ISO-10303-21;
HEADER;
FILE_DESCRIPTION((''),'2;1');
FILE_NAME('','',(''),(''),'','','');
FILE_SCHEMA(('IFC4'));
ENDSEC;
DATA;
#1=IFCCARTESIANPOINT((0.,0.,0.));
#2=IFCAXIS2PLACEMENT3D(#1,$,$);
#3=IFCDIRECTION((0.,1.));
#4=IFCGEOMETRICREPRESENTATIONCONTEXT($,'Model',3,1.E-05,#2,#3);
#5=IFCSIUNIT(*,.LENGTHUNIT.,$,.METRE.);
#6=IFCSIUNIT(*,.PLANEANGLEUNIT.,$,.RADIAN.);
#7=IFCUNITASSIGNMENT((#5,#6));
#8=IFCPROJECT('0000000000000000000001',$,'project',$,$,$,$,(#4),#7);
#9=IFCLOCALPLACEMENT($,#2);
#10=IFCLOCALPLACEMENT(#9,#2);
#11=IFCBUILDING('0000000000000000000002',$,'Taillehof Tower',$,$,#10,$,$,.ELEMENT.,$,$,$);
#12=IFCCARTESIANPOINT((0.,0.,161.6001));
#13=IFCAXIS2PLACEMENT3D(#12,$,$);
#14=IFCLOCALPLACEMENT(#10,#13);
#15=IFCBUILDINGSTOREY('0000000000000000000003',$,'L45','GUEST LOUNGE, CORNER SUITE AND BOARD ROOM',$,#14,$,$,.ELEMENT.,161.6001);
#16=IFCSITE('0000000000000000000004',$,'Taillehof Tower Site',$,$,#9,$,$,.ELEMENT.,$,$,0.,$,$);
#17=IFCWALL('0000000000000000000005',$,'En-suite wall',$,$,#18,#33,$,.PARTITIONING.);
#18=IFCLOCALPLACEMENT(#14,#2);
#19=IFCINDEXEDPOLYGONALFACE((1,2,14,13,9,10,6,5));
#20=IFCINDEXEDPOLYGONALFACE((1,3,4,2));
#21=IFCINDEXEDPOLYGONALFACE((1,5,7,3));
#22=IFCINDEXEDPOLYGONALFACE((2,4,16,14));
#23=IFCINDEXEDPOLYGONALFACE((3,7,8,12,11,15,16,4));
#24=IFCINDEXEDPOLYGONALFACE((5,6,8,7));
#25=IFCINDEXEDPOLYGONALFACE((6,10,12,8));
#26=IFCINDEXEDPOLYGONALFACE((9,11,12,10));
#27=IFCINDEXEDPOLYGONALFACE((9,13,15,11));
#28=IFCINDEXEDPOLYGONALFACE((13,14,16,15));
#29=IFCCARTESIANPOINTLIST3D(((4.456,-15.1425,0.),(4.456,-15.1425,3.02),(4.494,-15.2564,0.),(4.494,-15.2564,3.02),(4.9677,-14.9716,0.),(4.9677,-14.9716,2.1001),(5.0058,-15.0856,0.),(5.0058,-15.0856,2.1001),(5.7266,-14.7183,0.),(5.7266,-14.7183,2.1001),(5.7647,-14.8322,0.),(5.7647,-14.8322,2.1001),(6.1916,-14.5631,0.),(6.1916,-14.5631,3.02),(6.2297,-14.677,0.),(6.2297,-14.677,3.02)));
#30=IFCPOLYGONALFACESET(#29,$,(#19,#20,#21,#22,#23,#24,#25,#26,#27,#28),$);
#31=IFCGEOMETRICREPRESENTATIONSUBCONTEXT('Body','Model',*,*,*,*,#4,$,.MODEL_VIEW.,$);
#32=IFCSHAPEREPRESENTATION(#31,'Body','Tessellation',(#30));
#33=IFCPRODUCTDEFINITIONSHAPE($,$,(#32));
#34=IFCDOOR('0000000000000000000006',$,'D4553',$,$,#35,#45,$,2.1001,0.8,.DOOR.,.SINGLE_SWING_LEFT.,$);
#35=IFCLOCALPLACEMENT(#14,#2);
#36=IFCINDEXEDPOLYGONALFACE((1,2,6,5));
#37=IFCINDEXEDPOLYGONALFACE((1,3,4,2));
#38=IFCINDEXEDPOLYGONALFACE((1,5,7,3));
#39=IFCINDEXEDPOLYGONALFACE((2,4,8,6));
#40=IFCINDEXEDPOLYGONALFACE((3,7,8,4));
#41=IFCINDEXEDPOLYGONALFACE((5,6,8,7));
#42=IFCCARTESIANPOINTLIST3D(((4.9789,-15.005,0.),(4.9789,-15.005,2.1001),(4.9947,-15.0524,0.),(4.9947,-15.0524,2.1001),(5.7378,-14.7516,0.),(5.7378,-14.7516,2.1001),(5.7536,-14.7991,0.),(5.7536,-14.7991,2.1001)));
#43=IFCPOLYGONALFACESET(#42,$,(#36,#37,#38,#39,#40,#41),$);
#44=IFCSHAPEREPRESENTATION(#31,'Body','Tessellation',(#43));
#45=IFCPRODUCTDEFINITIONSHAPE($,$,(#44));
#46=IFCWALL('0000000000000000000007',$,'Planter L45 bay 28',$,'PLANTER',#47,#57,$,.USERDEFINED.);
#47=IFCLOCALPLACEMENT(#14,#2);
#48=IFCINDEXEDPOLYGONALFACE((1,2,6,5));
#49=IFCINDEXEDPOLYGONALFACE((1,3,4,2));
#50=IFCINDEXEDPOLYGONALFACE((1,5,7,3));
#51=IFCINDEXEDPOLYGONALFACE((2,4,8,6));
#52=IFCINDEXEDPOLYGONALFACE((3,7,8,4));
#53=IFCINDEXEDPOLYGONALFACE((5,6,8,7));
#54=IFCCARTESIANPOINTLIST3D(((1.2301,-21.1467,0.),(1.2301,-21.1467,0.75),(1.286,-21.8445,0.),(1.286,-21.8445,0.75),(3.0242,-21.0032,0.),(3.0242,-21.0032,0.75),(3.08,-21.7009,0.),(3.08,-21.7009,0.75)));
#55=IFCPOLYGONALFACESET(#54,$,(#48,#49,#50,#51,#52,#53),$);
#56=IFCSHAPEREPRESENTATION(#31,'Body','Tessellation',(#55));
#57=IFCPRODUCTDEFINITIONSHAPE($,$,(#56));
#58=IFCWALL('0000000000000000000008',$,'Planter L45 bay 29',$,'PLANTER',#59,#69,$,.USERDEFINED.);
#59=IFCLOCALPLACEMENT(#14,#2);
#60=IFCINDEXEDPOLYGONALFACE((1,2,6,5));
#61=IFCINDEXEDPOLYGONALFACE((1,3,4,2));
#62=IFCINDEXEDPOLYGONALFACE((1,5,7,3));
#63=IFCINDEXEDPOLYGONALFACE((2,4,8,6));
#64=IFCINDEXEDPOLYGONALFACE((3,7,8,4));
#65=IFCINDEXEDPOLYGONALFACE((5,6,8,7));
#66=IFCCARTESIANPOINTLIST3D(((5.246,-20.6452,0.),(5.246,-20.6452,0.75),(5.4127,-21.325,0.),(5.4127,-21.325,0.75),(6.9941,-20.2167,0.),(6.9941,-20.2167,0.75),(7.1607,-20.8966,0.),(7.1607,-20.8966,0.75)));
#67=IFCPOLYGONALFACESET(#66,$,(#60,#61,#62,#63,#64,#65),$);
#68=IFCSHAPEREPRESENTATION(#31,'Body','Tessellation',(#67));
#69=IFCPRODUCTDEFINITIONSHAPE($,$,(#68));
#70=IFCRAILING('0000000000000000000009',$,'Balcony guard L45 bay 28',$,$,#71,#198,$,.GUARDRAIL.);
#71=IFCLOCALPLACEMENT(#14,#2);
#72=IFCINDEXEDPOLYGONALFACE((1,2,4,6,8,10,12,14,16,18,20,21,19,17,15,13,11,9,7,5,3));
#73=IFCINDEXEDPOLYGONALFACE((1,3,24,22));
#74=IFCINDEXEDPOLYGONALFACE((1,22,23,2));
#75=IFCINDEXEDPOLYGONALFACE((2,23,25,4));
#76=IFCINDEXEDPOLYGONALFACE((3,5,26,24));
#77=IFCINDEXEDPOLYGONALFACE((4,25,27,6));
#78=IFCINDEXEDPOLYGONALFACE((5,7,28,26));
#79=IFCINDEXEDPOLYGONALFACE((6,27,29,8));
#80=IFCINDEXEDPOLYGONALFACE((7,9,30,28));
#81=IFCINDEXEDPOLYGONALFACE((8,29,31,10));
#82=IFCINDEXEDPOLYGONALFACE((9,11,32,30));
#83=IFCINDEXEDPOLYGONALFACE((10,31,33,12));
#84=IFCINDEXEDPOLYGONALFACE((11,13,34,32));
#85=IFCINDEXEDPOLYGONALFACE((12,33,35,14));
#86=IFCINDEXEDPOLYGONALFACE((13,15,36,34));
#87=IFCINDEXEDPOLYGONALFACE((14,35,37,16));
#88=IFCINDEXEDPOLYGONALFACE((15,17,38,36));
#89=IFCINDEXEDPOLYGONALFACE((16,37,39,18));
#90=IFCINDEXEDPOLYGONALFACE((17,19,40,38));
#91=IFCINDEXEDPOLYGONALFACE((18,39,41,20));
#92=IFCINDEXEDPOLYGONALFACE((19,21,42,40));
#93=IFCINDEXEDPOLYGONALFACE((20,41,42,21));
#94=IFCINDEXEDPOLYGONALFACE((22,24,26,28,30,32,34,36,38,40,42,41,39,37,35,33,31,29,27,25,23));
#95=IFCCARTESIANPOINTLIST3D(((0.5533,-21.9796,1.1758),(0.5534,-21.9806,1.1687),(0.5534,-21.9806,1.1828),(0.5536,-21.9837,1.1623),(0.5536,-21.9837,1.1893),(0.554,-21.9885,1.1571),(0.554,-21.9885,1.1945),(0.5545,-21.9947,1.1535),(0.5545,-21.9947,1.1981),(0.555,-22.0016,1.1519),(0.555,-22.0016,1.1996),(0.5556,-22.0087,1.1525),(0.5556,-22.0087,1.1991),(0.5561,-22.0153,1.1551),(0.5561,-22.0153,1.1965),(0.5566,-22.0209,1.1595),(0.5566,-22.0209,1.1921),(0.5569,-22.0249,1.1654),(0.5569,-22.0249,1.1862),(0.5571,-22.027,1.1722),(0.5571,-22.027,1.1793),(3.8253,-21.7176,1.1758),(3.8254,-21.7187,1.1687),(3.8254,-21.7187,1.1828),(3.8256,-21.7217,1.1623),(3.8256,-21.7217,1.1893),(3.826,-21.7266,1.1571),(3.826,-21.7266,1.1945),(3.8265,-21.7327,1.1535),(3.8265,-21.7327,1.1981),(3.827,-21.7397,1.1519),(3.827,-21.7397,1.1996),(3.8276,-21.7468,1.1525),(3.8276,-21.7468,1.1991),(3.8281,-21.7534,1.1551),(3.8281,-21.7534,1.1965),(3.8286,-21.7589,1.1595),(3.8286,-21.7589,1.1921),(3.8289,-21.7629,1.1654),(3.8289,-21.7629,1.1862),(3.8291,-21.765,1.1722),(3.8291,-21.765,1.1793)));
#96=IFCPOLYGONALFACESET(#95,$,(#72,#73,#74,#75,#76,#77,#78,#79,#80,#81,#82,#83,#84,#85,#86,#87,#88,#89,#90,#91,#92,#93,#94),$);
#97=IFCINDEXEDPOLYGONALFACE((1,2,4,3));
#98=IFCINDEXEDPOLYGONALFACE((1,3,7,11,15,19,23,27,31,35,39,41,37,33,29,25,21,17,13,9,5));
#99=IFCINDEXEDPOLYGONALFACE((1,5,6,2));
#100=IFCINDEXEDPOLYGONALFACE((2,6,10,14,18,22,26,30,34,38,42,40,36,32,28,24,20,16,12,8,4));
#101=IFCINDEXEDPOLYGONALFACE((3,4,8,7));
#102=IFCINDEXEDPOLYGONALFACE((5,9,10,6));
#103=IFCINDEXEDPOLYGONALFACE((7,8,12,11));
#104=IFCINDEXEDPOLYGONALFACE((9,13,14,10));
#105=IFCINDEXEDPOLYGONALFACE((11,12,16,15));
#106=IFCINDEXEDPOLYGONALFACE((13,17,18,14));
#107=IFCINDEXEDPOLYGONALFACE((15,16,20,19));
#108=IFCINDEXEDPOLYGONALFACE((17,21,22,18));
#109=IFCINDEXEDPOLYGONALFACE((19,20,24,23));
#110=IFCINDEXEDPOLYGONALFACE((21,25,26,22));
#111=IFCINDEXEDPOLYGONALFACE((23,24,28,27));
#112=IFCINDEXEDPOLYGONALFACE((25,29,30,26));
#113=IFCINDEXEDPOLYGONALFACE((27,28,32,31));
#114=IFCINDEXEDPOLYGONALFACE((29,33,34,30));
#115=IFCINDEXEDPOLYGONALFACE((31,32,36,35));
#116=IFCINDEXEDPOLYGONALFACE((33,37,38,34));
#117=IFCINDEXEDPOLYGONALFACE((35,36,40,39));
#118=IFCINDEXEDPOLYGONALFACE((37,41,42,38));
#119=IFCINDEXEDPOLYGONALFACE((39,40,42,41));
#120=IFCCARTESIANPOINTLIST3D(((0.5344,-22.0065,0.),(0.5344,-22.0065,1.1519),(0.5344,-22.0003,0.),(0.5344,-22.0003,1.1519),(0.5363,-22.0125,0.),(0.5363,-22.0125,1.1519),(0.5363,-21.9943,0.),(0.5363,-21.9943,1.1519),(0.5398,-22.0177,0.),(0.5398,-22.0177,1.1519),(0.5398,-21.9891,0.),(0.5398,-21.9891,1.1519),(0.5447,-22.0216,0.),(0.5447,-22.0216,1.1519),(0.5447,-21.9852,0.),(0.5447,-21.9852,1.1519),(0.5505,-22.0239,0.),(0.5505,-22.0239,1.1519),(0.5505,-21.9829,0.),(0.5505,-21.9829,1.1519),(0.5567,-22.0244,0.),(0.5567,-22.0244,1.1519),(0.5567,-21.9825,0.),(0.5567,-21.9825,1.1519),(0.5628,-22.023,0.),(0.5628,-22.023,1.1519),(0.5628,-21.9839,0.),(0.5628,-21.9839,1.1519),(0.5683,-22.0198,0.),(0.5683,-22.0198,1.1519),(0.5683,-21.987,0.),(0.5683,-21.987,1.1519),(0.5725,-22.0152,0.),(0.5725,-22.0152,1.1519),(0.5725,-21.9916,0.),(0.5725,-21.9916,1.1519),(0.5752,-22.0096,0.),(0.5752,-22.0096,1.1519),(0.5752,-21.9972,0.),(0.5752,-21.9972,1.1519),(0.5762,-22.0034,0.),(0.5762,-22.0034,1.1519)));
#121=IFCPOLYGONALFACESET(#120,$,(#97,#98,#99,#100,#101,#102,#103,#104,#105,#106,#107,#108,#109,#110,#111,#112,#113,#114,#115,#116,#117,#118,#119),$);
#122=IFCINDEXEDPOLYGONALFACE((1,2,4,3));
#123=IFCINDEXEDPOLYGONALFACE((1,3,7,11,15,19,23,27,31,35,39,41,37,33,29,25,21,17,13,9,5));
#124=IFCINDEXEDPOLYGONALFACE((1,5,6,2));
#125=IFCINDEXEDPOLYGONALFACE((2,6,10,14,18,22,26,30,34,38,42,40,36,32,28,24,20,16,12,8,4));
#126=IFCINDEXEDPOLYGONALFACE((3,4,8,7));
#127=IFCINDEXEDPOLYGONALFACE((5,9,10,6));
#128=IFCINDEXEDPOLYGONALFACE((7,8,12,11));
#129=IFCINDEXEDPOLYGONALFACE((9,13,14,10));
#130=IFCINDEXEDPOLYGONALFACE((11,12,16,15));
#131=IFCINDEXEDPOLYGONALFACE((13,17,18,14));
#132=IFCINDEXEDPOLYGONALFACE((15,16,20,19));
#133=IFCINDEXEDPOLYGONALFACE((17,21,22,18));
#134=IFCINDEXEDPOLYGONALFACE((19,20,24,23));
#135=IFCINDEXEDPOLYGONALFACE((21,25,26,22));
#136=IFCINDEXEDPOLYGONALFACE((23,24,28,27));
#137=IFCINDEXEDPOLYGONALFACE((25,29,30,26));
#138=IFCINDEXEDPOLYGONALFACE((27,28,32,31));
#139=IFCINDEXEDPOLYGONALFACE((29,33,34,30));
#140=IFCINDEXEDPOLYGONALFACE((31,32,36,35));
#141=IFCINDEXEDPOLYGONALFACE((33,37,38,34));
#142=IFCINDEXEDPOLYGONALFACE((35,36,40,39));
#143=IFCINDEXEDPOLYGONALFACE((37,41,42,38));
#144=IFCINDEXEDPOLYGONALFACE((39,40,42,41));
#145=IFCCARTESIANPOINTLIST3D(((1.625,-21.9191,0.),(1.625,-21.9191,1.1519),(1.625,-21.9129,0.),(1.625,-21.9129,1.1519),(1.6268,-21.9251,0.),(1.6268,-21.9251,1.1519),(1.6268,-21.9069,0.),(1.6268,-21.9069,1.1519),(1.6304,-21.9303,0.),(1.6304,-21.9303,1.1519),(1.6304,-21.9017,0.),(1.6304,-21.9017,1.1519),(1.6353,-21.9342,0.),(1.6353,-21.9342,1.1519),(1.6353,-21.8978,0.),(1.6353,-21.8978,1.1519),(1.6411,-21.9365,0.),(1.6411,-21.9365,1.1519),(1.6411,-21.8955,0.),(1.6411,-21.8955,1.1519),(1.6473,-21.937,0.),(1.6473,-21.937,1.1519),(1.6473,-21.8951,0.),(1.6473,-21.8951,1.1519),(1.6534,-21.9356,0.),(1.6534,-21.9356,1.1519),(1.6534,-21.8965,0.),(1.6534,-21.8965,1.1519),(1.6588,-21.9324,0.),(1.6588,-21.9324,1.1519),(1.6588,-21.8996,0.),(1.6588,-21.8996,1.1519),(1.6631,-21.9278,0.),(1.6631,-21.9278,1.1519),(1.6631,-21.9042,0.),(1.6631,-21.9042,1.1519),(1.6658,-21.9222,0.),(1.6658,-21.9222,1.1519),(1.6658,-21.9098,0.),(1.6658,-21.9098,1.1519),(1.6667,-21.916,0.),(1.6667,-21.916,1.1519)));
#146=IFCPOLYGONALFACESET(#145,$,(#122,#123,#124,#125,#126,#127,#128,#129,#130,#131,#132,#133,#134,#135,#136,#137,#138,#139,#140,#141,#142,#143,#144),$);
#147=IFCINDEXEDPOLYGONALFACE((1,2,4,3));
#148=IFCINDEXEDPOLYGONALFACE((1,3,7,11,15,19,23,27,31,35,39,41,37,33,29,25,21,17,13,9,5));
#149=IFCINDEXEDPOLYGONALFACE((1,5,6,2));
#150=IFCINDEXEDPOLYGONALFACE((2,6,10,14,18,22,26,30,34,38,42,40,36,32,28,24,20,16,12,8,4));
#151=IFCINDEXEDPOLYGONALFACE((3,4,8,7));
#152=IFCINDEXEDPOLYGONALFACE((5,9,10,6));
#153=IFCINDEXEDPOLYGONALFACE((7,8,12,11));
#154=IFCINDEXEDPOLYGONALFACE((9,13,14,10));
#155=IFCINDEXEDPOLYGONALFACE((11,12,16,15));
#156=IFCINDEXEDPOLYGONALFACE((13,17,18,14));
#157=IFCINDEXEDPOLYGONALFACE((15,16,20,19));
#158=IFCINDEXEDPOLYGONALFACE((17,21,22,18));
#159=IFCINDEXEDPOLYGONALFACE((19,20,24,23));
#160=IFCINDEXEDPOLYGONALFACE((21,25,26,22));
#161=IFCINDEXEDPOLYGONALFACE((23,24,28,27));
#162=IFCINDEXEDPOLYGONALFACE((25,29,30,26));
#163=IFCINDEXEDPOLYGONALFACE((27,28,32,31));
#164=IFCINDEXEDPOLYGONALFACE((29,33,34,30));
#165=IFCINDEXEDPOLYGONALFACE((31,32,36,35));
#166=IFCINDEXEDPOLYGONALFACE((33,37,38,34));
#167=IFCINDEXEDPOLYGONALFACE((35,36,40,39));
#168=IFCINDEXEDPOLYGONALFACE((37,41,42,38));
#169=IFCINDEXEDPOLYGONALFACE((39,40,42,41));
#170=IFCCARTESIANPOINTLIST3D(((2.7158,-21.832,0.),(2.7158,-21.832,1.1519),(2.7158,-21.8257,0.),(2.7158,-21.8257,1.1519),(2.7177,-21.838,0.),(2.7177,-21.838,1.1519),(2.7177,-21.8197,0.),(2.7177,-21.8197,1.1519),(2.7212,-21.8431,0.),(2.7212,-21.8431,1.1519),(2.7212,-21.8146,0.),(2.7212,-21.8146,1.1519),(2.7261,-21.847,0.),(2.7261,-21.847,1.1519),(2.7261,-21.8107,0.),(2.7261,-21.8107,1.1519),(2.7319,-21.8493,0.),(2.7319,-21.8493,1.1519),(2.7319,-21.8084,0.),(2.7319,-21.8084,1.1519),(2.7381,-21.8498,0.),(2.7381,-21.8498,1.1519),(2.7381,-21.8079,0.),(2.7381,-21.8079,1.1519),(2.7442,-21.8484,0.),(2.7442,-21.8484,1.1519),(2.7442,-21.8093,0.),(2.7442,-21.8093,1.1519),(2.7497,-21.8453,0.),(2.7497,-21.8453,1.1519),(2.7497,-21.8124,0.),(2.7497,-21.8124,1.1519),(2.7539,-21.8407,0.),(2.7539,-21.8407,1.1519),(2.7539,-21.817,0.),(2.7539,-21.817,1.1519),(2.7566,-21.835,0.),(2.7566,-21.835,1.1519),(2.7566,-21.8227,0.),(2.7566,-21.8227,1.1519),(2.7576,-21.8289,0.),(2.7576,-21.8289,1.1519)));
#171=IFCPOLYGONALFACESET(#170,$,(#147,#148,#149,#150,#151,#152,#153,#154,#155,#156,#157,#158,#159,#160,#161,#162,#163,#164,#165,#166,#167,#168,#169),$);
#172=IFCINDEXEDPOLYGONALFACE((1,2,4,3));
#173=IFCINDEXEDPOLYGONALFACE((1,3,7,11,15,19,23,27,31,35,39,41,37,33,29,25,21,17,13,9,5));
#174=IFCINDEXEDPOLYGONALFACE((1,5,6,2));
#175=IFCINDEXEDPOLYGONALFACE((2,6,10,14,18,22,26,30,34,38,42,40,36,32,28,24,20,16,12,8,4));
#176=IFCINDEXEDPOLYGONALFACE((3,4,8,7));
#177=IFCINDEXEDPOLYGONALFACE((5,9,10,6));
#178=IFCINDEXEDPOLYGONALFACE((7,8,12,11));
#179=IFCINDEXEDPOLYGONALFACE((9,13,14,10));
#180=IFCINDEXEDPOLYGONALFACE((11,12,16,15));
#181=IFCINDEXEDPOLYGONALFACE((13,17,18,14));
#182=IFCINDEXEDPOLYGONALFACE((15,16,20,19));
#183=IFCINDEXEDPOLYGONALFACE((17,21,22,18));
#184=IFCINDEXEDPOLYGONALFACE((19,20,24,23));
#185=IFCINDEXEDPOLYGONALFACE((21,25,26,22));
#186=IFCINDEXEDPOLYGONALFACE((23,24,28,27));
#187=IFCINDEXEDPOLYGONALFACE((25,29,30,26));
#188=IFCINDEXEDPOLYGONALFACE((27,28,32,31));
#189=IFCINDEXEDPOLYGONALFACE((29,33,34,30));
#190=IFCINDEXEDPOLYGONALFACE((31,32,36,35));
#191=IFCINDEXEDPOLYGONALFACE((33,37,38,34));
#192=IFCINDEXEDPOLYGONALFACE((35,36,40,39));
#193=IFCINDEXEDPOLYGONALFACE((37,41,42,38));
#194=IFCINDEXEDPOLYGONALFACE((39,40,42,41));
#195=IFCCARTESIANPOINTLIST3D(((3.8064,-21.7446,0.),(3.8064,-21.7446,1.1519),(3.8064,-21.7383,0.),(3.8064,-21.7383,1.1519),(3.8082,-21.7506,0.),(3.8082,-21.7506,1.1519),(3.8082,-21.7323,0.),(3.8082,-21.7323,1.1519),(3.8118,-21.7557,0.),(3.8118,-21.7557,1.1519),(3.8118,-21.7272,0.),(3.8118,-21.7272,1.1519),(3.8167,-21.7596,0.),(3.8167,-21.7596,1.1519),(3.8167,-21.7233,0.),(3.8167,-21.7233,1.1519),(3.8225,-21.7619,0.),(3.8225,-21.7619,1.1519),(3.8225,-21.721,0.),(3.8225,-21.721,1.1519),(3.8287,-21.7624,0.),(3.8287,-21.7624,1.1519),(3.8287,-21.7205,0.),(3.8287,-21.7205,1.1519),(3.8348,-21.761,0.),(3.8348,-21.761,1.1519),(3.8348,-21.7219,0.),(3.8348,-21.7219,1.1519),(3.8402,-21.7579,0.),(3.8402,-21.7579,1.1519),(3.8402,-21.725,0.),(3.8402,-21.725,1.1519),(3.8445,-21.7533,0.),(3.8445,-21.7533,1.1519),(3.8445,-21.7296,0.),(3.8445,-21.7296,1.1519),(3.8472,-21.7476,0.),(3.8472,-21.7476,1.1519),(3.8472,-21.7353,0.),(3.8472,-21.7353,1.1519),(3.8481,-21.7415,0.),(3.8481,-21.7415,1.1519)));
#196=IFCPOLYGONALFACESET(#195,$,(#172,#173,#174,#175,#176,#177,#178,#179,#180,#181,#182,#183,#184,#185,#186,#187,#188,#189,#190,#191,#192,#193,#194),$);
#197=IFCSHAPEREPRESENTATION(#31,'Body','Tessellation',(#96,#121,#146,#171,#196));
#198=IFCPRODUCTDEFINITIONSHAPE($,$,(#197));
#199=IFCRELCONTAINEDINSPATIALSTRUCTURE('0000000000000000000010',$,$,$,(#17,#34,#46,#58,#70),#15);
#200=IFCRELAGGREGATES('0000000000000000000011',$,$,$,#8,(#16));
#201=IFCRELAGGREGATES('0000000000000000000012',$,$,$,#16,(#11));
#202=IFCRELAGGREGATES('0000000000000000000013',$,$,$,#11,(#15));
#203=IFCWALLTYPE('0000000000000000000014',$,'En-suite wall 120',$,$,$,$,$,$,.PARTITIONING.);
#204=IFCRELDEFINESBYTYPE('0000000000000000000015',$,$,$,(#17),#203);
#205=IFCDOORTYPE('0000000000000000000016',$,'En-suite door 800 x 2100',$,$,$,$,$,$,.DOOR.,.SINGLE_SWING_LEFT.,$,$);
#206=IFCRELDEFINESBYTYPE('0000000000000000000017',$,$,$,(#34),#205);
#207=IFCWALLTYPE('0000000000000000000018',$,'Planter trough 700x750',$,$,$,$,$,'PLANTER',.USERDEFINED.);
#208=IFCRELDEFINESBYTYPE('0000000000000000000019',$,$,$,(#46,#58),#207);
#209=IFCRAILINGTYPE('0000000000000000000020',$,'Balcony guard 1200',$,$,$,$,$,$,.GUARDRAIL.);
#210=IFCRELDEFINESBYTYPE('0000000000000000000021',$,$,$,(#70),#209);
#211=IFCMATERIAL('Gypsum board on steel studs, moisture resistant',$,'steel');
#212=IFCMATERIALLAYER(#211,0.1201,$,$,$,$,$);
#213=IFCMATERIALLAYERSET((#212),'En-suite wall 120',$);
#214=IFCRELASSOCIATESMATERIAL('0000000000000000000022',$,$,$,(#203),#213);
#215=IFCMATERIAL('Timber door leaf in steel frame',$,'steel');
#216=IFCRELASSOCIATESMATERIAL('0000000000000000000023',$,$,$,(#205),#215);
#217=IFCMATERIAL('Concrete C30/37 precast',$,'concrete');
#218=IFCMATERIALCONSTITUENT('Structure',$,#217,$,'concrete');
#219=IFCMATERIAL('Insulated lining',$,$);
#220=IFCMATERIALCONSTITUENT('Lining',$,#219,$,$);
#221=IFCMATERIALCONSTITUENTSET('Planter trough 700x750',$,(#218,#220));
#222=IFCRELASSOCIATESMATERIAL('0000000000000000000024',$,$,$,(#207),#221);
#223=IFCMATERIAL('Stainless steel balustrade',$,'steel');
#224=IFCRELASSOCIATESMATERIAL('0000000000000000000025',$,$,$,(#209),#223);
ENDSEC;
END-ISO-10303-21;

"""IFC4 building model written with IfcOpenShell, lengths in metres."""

from ifc_helpers import new_model, si_unit, direction, frame, frame_2d, origin, origin_2d, place, context, subcontext, project, spatial, rectangle, circle, extrude, material, layer, layer_set, constituent, constituent_set, type_object, element, fill, save


model = new_model("IFC4")

# Units and contexts
model_context = context("Model", 3, precision=1e-05, world=origin(), true_north=direction((0.0, 1.0)))
body_context = subcontext(model_context, "Body", "Model", "MODEL_VIEW")
ifc_project = project(units=[si_unit("LENGTHUNIT", "METRE"), si_unit("PLANEANGLEUNIT", "RADIAN")], contexts=[model_context])

# Site, building, storey
site_placement = place(None, origin())
site = spatial("IfcSite", under=ifc_project, at=site_placement, Name="Taillehof Tower Site", CompositionType="ELEMENT", RefElevation=0.0)
building_placement = place(site_placement, origin())
building = spatial("IfcBuilding", under=site, at=building_placement, Name="Taillehof Tower", CompositionType="ELEMENT")
storey_placement = place(building_placement, frame((0.0, 0.0, 161.6001)))
storey = spatial("IfcBuildingStorey", under=building, at=storey_placement, Name="L45", Description="GUEST LOUNGE, CORNER SUITE AND BOARD ROOM", CompositionType="ELEMENT", Elevation=161.6001)

# Wall, opening, door
ifc_material_1 = material(Name="Gypsum board on steel studs, moisture resistant", Category="steel")
ifc_layer_1 = layer(ifc_material_1, 0.1201)
ifc_layer_set_1 = layer_set([ifc_layer_1], Name="En-suite wall 120")
wall_type_1 = type_object("IfcWallType", Name="En-suite wall 120", PredefinedType="PARTITIONING", material=ifc_layer_set_1)
wall_1_placement = place(storey_placement, frame((4.4749, -15.1995, 0.0), z_axis=(0.0, 0.0, 1.0), x_axis=(0.94855, 0.316628, 0.0)))
wall_1 = element("IfcWall", 1, at=wall_1_placement, inside=storey, type_object=wall_type_1, Name="En-suite wall", PredefinedType="PARTITIONING", context=body_context, shape_type="SweptSolid", body=[
    extrude(rectangle(XDim=1.8298, YDim=0.1201, at=frame_2d((0.915, 0.0))), origin(), (0.0, 0.0, 1.0), 3.02),
])
opening_1_placement = place(wall_1_placement, frame((0.5398, 0.0, 0.0)))
opening_1 = element("IfcOpeningElement", 2, at=opening_1_placement, cuts=wall_1, PredefinedType="OPENING", context=body_context, shape_type="SweptSolid", body=[
    extrude(rectangle(XDim=0.8, YDim=2.1001, at=frame_2d((0.3999, 1.05))), frame((0.0, 0.0701, 0.0), z_axis=(0.0, -1.0, 0.0), x_axis=(1.0, 0.0, 0.0)), (0.0, 0.0, 1.0), 0.1401),
])
ifc_material_2 = material(Name="Timber door leaf in steel frame", Category="steel")
door_type_1 = type_object("IfcDoorType", Name="En-suite door 800 x 2100", OperationType="SINGLE_SWING_LEFT", PredefinedType="DOOR", material=ifc_material_2)
door_1_placement = place(opening_1_placement, origin())
door_1 = element("IfcDoor", 3, at=door_1_placement, inside=storey, type_object=door_type_1, Name="D4553", OperationType="SINGLE_SWING_LEFT", OverallHeight=2.1001, OverallWidth=0.8, PredefinedType="DOOR", context=body_context, shape_type="SweptSolid", body=[
    extrude(rectangle(XDim=0.8, YDim=2.1001, at=frame_2d((0.3999, 1.05))), frame((0.0, 0.0249, 0.0), z_axis=(0.0, -1.0, 0.0), x_axis=(1.0, 0.0, 0.0)), (0.0, 0.0, 1.0), 0.05),
])
fill(opening_1, door_1)

# Walls
ifc_material_3 = material(Name="Concrete C30/37 precast", Category="concrete")
ifc_constituent_1 = constituent(ifc_material_3, Name="Structure", Category="concrete")
ifc_material_4 = material(Name="Insulated lining")
ifc_constituent_2 = constituent(ifc_material_4, Name="Lining")
ifc_constituent_set = constituent_set(constituents=[ifc_constituent_1, ifc_constituent_2], Name="Planter trough 700x750")
wall_type_2 = type_object("IfcWallType", Name="Planter trough 700x750", ElementType="PLANTER", PredefinedType="USERDEFINED", material=ifc_constituent_set)
for number, where, z_axis, x_axis, name in (
    (4, (1.2581, -21.4956, 0.0), (0.0, 0.0, 1.0), (0.996814, 0.079756, 0.0), "Planter L45 bay 28"),
    (5, (5.3293, -20.9851, 0.0), (0.0, 0.0, 1.0), (0.971249, 0.238065, 0.0), "Planter L45 bay 29"),
):
    element("IfcWall", number, at=place(storey_placement, frame(where, z_axis=z_axis, x_axis=x_axis)), inside=storey, type_object=wall_type_2, Name=name, ObjectType="PLANTER", PredefinedType="USERDEFINED", context=body_context, shape_type="SweptSolid", body=[
        extrude(rectangle(XDim=1.7998, YDim=0.7, at=frame_2d((0.8999, 0.0))), origin(), (0.0, 0.0, 1.0), 0.75),
    ])

# Railing
ifc_material_5 = material(Name="Stainless steel balustrade", Category="steel")
railing_type = type_object("IfcRailingType", Name="Balcony guard 1200", PredefinedType="GUARDRAIL", material=ifc_material_5)
railing_1_placement = place(storey_placement, frame((0.5552, -22.0034, 0.0)))
element("IfcRailing", 6, at=railing_1_placement, inside=storey, type_object=railing_type, Name="Balcony guard L45 bay 28", PredefinedType="GUARDRAIL", context=body_context, shape_type="SweptSolid", body=[
    extrude(circle(Radius=0.0239, at=origin_2d()), frame((0.0, 0.0, 1.1758), z_axis=(0.99681, 0.079807, 0.0), x_axis=(-0.079807, 0.99681, 0.0)), (0.0, 0.0, 1.0), 3.2825),
    extrude(circle(Radius=0.021, at=origin_2d()), origin(), (0.0, 0.0, 1.0), 1.1519),
    extrude(circle(Radius=0.021, at=origin_2d()), frame((1.0906, 0.0874, 0.0)), (0.0, 0.0, 1.0), 1.1519),
    extrude(circle(Radius=0.021, at=origin_2d()), frame((2.1814, 0.1746, 0.0)), (0.0, 0.0, 1.0), 1.1519),
    extrude(circle(Radius=0.021, at=origin_2d()), frame((3.272, 0.262, 0.0)), (0.0, 0.0, 1.0), 1.1519),
])

save(model, "model.ifc")
